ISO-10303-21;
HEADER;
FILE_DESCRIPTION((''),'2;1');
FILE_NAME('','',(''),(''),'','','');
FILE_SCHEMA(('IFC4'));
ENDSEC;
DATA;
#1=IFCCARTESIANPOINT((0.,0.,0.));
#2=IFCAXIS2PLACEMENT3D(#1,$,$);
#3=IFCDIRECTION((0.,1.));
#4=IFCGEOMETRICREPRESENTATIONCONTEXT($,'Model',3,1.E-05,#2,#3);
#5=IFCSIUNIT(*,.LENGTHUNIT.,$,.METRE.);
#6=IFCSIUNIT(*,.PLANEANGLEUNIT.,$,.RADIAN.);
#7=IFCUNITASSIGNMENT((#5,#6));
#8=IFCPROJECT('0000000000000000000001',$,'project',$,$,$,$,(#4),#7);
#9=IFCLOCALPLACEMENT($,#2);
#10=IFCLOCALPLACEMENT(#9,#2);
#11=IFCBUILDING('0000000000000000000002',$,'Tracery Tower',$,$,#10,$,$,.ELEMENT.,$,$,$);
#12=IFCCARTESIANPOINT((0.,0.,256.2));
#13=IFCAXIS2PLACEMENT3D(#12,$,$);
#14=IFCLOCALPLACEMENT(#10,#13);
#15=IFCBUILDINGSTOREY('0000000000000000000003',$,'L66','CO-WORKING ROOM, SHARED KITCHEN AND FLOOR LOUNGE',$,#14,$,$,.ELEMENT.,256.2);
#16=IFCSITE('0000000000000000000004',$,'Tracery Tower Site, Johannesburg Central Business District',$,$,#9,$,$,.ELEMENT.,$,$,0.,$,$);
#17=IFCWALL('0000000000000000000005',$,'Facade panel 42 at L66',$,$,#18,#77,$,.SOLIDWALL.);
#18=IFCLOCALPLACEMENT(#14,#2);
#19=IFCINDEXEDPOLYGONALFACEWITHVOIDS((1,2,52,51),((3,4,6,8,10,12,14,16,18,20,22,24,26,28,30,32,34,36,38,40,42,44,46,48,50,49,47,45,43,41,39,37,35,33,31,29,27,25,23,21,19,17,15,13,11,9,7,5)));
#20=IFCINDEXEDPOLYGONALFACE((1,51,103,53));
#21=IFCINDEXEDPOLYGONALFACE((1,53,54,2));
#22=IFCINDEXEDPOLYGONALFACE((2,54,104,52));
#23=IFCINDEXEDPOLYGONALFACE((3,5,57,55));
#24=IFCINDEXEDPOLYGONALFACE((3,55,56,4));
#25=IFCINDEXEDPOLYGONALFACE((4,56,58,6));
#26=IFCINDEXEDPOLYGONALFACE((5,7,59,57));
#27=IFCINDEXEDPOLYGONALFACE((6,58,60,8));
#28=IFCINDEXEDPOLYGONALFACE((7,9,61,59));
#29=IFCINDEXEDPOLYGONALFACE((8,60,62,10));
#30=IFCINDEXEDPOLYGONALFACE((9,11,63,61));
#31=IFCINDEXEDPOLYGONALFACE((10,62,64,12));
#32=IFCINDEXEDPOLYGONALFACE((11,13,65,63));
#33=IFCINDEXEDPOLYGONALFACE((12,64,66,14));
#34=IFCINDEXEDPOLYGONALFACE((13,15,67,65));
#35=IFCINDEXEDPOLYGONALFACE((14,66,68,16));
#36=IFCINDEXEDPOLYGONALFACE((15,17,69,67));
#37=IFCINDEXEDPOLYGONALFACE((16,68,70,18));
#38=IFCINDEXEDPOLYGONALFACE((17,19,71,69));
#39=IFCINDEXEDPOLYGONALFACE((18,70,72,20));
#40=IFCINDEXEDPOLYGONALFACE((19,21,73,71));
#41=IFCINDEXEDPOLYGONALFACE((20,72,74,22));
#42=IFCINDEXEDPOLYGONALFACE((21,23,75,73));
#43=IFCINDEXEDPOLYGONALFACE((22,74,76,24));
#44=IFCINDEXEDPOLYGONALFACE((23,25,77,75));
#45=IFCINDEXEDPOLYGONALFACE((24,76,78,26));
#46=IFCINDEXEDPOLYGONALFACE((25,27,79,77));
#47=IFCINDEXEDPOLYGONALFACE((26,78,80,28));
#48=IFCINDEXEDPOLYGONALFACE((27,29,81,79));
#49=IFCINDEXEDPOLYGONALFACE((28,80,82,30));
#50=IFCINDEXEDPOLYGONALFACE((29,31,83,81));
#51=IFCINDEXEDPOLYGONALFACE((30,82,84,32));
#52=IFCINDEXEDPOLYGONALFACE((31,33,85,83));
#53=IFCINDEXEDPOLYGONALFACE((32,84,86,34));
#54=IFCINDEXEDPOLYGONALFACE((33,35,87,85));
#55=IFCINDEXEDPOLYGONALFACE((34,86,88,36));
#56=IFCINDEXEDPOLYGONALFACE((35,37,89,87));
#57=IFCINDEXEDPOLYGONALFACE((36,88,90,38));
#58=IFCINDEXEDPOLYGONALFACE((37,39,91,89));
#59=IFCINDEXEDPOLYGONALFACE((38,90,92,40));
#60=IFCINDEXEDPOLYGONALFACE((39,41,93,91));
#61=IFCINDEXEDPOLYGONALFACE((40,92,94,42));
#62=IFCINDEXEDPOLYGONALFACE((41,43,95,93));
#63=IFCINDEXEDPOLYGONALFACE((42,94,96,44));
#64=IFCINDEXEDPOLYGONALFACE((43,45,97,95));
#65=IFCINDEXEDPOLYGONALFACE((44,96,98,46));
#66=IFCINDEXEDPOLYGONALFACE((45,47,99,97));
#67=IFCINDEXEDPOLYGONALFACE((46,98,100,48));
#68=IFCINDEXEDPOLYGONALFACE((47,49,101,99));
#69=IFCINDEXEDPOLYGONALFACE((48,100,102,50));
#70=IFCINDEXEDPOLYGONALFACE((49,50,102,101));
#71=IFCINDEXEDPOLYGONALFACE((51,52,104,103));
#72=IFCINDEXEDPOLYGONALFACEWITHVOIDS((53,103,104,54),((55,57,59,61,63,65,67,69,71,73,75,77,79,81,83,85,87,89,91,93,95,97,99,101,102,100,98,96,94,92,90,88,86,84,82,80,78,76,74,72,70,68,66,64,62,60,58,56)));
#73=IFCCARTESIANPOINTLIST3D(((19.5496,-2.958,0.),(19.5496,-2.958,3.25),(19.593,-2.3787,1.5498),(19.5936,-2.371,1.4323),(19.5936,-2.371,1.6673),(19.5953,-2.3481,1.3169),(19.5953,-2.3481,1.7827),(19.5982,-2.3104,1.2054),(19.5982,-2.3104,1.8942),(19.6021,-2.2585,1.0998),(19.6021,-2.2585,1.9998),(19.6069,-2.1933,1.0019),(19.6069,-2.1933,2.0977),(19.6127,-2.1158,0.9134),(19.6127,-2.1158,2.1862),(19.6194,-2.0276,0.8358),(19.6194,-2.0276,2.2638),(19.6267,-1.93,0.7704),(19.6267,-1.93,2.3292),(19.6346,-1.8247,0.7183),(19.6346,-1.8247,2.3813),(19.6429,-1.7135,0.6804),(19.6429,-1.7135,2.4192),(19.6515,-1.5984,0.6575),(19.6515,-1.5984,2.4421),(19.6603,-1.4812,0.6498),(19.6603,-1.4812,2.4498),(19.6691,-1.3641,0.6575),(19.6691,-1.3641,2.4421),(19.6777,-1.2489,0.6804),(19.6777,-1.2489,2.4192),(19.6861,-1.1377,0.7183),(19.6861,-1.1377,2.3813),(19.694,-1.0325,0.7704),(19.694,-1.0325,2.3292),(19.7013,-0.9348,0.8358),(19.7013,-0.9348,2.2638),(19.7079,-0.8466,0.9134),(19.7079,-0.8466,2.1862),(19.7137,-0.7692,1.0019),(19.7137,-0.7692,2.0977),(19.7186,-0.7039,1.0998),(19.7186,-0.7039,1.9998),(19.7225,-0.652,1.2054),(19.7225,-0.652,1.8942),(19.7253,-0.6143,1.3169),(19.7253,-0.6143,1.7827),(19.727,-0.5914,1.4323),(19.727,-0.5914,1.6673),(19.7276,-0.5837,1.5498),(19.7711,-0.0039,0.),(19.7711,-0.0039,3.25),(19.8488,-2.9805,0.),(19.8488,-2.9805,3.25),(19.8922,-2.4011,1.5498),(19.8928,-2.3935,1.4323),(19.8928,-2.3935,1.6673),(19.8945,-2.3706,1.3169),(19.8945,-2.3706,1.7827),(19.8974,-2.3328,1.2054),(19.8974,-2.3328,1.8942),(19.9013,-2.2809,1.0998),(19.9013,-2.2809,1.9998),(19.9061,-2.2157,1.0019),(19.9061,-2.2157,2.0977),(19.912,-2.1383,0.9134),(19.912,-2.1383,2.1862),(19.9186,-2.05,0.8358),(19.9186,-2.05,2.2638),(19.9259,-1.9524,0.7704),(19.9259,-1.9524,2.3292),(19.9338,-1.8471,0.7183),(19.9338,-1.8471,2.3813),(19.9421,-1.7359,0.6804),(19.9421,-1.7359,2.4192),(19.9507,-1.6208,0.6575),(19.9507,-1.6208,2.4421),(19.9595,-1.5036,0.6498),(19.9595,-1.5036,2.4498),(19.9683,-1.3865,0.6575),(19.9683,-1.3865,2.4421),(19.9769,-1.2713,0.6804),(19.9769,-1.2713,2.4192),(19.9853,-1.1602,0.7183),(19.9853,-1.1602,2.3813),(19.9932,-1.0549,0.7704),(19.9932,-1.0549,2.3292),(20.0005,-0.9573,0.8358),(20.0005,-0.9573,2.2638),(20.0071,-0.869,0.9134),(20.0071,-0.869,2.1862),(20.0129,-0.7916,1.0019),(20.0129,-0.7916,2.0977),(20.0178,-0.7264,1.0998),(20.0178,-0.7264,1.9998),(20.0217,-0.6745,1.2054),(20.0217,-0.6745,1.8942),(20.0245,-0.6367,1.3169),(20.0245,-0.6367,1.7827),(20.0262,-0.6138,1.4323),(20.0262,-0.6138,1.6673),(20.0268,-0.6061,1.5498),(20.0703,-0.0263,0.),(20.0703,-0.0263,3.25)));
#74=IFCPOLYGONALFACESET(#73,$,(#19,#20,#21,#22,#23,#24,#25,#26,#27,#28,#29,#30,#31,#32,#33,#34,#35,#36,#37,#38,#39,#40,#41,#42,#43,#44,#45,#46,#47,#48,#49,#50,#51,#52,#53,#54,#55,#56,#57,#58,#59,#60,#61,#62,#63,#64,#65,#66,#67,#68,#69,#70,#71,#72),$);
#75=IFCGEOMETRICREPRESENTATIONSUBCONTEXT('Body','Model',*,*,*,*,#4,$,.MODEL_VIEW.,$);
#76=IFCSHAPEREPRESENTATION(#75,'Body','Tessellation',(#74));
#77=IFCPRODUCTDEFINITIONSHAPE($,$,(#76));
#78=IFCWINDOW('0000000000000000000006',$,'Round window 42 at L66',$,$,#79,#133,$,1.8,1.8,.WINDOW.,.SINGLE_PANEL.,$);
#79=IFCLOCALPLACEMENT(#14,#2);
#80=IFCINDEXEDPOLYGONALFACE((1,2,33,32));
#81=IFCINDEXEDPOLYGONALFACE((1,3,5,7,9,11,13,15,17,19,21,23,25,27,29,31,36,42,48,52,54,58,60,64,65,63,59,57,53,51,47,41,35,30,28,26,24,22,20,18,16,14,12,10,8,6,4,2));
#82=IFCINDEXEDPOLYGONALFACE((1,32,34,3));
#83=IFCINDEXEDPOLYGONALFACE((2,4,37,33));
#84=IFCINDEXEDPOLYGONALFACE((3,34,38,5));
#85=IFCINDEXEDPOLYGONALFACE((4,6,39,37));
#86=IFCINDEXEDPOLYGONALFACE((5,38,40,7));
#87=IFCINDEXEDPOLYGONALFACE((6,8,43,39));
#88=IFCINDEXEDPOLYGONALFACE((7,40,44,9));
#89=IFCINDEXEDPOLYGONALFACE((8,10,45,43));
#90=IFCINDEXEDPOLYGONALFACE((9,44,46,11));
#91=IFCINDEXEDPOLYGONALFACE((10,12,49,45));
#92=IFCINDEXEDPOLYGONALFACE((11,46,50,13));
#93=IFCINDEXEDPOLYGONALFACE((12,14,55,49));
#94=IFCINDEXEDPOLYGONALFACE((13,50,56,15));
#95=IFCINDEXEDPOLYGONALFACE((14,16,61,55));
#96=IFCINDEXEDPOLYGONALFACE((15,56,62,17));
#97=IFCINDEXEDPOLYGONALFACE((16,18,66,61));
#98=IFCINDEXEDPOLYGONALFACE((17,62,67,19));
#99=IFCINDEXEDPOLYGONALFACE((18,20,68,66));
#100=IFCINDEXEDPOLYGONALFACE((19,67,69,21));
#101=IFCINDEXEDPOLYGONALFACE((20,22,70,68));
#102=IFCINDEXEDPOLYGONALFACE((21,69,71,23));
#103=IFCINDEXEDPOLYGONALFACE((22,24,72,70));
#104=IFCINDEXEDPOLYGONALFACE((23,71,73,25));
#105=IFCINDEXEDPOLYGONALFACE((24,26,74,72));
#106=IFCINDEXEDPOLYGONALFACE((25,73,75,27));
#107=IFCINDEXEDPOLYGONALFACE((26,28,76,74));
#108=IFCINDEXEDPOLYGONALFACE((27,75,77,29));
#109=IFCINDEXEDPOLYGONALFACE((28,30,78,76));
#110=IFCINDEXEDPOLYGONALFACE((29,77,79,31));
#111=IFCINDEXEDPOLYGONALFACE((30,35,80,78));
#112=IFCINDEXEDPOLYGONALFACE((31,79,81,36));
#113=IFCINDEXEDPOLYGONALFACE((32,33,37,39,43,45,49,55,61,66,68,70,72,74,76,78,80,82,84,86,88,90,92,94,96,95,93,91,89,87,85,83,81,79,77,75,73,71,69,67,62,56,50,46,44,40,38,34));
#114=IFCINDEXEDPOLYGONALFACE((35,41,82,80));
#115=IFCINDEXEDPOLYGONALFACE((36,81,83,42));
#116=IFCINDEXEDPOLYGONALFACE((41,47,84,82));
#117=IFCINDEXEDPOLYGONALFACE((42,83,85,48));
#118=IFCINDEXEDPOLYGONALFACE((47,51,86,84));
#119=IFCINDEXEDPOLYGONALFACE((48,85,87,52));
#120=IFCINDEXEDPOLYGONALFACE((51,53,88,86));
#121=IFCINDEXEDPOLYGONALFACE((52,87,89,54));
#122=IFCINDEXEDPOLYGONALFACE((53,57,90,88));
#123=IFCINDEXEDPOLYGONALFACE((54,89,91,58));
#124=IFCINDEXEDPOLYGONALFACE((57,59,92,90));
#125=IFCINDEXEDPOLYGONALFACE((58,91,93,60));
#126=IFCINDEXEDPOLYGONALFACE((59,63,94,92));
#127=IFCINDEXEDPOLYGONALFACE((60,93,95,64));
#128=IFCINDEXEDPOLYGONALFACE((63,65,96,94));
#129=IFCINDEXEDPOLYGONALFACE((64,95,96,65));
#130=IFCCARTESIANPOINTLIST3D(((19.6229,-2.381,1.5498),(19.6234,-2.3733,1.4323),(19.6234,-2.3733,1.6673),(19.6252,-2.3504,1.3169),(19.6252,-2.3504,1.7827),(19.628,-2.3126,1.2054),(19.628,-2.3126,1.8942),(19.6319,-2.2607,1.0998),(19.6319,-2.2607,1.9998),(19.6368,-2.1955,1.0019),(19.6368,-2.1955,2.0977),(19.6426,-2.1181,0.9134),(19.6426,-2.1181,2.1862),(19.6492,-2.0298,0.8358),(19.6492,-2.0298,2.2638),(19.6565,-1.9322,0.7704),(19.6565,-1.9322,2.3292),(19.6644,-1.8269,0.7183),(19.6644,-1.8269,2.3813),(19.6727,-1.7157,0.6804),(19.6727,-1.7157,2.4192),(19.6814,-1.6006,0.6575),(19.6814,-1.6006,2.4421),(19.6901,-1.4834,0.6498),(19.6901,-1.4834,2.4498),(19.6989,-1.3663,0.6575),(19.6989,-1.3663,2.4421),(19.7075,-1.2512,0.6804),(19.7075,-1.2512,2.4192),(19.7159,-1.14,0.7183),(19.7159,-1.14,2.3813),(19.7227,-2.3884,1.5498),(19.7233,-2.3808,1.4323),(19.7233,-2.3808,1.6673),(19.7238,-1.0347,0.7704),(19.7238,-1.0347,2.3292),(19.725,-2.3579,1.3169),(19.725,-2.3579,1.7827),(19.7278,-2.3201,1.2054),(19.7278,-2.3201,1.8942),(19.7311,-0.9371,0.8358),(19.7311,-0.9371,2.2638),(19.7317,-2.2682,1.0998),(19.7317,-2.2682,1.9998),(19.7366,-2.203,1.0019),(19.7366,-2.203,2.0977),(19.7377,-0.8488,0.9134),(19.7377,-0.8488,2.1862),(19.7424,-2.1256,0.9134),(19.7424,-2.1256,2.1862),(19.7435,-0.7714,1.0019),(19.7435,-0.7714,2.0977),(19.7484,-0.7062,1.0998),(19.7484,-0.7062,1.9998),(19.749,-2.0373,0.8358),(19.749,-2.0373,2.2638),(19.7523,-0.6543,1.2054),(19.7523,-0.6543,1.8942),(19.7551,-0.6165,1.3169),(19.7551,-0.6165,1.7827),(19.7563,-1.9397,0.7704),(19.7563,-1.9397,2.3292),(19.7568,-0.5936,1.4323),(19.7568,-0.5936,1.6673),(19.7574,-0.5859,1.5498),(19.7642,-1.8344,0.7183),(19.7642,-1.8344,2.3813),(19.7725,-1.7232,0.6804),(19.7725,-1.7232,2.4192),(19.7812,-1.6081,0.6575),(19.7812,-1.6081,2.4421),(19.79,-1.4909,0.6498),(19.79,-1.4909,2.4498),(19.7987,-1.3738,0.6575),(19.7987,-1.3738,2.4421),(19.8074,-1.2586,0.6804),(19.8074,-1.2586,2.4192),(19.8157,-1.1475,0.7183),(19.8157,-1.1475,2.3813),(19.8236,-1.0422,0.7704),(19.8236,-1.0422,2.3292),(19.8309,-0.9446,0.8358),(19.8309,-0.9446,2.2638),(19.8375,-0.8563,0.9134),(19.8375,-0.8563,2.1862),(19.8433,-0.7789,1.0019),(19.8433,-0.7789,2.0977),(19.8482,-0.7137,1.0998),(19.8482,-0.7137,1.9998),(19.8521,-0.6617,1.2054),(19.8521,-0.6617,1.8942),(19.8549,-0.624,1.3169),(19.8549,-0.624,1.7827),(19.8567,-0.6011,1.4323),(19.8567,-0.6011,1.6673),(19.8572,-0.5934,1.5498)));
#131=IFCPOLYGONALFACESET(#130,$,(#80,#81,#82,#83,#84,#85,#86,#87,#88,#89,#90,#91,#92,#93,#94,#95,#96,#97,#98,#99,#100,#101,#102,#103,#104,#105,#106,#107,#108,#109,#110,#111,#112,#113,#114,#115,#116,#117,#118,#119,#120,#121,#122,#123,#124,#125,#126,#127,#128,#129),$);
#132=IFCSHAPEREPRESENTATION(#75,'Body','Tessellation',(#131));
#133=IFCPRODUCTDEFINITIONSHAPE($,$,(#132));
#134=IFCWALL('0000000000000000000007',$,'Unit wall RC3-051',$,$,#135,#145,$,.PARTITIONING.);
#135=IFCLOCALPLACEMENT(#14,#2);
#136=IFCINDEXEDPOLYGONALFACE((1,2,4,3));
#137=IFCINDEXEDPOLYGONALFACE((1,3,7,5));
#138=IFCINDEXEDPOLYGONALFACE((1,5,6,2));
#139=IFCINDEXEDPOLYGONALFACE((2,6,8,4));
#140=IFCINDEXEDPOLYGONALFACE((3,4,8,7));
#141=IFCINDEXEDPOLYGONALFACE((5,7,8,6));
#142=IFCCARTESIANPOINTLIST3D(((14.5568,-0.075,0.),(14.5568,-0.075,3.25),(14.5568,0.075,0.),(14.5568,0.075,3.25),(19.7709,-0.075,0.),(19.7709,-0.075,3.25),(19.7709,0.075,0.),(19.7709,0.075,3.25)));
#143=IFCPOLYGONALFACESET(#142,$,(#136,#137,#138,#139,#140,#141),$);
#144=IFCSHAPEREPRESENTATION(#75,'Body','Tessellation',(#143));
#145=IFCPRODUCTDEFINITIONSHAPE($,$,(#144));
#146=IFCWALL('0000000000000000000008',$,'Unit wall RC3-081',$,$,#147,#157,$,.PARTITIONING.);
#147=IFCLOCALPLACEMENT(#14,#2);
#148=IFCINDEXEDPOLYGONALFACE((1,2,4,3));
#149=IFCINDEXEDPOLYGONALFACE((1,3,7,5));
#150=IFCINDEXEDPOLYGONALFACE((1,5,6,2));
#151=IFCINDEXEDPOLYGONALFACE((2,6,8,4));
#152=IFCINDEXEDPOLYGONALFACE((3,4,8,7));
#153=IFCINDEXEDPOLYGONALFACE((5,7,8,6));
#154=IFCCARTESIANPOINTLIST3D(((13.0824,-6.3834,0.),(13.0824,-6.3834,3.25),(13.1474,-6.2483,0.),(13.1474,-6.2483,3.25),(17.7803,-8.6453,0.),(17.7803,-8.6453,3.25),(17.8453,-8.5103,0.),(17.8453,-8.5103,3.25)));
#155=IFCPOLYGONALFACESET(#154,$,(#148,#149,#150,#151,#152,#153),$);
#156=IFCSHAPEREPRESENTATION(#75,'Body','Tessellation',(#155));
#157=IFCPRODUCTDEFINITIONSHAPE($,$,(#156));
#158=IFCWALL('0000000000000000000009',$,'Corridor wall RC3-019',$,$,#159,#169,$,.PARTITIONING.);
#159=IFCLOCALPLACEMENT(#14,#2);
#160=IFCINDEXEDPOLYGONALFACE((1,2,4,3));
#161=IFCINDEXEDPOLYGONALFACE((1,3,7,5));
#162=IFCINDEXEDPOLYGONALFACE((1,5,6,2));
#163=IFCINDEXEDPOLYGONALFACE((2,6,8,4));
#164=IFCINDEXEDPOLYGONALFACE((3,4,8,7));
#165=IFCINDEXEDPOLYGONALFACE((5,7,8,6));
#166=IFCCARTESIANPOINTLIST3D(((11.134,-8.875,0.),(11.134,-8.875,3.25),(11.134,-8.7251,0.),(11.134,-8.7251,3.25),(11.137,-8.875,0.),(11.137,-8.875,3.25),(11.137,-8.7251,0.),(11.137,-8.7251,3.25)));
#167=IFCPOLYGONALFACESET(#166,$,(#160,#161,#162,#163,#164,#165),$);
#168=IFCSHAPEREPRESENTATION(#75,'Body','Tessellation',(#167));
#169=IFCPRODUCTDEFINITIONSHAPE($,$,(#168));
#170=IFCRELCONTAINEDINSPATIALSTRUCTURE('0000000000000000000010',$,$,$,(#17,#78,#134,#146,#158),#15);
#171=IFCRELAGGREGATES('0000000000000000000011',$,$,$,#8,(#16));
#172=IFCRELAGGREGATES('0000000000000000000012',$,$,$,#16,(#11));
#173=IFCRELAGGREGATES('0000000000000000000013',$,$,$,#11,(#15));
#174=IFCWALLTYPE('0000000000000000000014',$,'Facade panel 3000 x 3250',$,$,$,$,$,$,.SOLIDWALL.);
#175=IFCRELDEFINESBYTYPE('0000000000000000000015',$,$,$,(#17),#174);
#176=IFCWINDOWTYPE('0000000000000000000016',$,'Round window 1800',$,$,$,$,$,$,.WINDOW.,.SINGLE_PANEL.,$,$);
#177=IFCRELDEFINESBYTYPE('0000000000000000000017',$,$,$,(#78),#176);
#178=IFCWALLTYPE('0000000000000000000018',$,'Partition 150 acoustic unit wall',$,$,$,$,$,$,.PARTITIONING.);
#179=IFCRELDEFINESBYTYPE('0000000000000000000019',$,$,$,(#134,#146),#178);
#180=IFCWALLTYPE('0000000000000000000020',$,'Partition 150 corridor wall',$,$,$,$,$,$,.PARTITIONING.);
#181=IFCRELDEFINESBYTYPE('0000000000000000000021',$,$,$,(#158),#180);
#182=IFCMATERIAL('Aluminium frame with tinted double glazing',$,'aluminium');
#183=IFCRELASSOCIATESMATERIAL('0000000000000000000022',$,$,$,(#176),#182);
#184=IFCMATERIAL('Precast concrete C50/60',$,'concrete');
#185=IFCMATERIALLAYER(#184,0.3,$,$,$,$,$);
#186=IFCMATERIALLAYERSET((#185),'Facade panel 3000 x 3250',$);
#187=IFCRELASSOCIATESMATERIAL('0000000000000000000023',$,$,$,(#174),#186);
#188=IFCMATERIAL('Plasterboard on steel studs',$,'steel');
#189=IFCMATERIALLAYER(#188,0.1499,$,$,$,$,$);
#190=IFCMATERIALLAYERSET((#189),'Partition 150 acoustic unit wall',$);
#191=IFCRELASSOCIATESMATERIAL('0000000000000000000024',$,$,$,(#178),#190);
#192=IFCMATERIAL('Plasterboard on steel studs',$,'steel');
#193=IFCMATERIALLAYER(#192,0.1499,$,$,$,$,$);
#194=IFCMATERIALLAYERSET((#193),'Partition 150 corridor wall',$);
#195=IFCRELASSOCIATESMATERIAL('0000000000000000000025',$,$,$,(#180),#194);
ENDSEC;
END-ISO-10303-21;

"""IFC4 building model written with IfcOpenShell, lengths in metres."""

from ifc_helpers import new_model, si_unit, direction, frame, frame_2d, origin, origin_2d, place, context, subcontext, project, spatial, rectangle, circle, extrude, material, layer, layer_set, type_object, element, fill, save


model = new_model("IFC4")

# Units and contexts
model_context = context("Model", 3, precision=1e-05, world=origin(), true_north=direction((0.0, 1.0)))
body_context = subcontext(model_context, "Body", "Model", "MODEL_VIEW")
ifc_project = project(units=[si_unit("LENGTHUNIT", "METRE"), si_unit("PLANEANGLEUNIT", "RADIAN")], contexts=[model_context])

# Site, building, storey
site_placement = place(None, origin())
site = spatial("IfcSite", under=ifc_project, at=site_placement, Name="Tracery Tower Site, Johannesburg Central Business District", CompositionType="ELEMENT", RefElevation=0.0)
building_placement = place(site_placement, origin())
building = spatial("IfcBuilding", under=site, at=building_placement, Name="Tracery Tower", CompositionType="ELEMENT")
storey_placement = place(building_placement, frame((0.0, 0.0, 256.2)))
storey = spatial("IfcBuildingStorey", under=building, at=storey_placement, Name="L66", Description="CO-WORKING ROOM, SHARED KITCHEN AND FLOOR LOUNGE", CompositionType="ELEMENT", Elevation=256.2)

# Wall, opening, window
ifc_material_1 = material(Name="Aluminium frame with tinted double glazing", Category="aluminium")
window_type = type_object("IfcWindowType", Name="Round window 1800", PartitioningType="SINGLE_PANEL", PredefinedType="WINDOW", material=ifc_material_1)
ifc_material_2 = material(Name="Precast concrete C50/60", Category="concrete")
ifc_layer_1 = layer(ifc_material_2, 0.3)
ifc_layer_set_1 = layer_set([ifc_layer_1], Name="Facade panel 3000 x 3250")
wall_type_1 = type_object("IfcWallType", Name="Facade panel 3000 x 3250", PredefinedType="SOLIDWALL", material=ifc_layer_set_1)
wall_1_placement = place(storey_placement, frame((19.6992, -2.9692, 0.0), z_axis=(0.0, 0.0, 1.0), x_axis=(0.074749, 0.997202, 0.0)))
wall_1 = element("IfcWall", 1, at=wall_1_placement, inside=storey, type_object=wall_type_1, Name="Facade panel 42 at L66", PredefinedType="SOLIDWALL", context=body_context, shape_type="SweptSolid", body=[
    extrude(rectangle(XDim=2.9624, YDim=0.3, at=frame_2d((1.4812, 0.0))), origin(), (0.0, 0.0, 1.0), 3.25),
])
opening_1_placement = place(wall_1_placement, frame((1.481, 0.0, 1.5498)))
opening_1 = element("IfcOpeningElement", 2, at=opening_1_placement, cuts=wall_1, PredefinedType="OPENING", context=body_context, shape_type="SweptSolid", body=[
    extrude(circle(Radius=0.9, at=origin_2d()), frame((0.0, 0.1599, 0.0), z_axis=(0.0, -1.0, 0.0), x_axis=(1.0, 0.0, 0.0)), (0.0, 0.0, 1.0), 0.3201),
])
window_1_placement = place(opening_1_placement, origin())
window_1 = element("IfcWindow", 3, at=window_1_placement, inside=storey, type_object=window_type, Name="Round window 42 at L66", OverallHeight=1.8, OverallWidth=1.8, PartitioningType="SINGLE_PANEL", PredefinedType="WINDOW", context=body_context, shape_type="SweptSolid", body=[
    extrude(circle(Radius=0.9, at=origin_2d()), frame((0.0, 0.1201, 0.0), z_axis=(0.0, -1.0, 0.0), x_axis=(1.0, 0.0, 0.0)), (0.0, 0.0, 1.0), 0.1001),
])
fill(opening_1, window_1)

# Walls
ifc_material_3 = material(Name="Plasterboard on steel studs", Category="steel")
ifc_layer_2 = layer(ifc_material_3, 0.1499)
ifc_layer_set_2 = layer_set([ifc_layer_2], Name="Partition 150 acoustic unit wall")
wall_type_2 = type_object("IfcWallType", Name="Partition 150 acoustic unit wall", PredefinedType="PARTITIONING", material=ifc_layer_set_2)
for number, where, z_axis, x_axis, name in (
    (4, (14.5569, 0.0, 0.0), (0.0, 0.0, 1.0), (1.0, 0.0, 0.0), "Unit wall RC3-051"),
    (5, (13.115, -6.3159, 0.0), (0.0, 0.0, 1.0), (0.901004, -0.43381, 0.0), "Unit wall RC3-081"),
):
    element("IfcWall", number, at=place(storey_placement, frame(where, z_axis=z_axis, x_axis=x_axis)), inside=storey, type_object=wall_type_2, Name=name, PredefinedType="PARTITIONING", context=body_context, shape_type="SweptSolid", body=[
        extrude(rectangle(XDim=5.2141, YDim=0.1499, at=frame_2d((2.6069, 0.0))), origin(), (0.0, 0.0, 1.0), 3.25),
    ])
ifc_material_4 = material(Name="Plasterboard on steel studs", Category="steel")
ifc_layer_3 = layer(ifc_material_4, 0.1499)
ifc_layer_set_3 = layer_set([ifc_layer_3], Name="Partition 150 corridor wall")
wall_type_3 = type_object("IfcWallType", Name="Partition 150 corridor wall", PredefinedType="PARTITIONING", material=ifc_layer_set_3)
wall_2_placement = place(storey_placement, frame((11.137, -8.8, 0.0), z_axis=(0.0, 0.0, 1.0), x_axis=(-1.0, 0.0, 0.0)))
element("IfcWall", 6, at=wall_2_placement, inside=storey, type_object=wall_type_3, Name="Corridor wall RC3-019", PredefinedType="PARTITIONING", context=body_context, shape_type="SweptSolid", body=[
    extrude(rectangle(XDim=0.0029, YDim=0.1499, at=frame_2d((0.0015, 0.0))), origin(), (0.0, 0.0, 1.0), 3.25),
])

save(model, "model.ifc")
